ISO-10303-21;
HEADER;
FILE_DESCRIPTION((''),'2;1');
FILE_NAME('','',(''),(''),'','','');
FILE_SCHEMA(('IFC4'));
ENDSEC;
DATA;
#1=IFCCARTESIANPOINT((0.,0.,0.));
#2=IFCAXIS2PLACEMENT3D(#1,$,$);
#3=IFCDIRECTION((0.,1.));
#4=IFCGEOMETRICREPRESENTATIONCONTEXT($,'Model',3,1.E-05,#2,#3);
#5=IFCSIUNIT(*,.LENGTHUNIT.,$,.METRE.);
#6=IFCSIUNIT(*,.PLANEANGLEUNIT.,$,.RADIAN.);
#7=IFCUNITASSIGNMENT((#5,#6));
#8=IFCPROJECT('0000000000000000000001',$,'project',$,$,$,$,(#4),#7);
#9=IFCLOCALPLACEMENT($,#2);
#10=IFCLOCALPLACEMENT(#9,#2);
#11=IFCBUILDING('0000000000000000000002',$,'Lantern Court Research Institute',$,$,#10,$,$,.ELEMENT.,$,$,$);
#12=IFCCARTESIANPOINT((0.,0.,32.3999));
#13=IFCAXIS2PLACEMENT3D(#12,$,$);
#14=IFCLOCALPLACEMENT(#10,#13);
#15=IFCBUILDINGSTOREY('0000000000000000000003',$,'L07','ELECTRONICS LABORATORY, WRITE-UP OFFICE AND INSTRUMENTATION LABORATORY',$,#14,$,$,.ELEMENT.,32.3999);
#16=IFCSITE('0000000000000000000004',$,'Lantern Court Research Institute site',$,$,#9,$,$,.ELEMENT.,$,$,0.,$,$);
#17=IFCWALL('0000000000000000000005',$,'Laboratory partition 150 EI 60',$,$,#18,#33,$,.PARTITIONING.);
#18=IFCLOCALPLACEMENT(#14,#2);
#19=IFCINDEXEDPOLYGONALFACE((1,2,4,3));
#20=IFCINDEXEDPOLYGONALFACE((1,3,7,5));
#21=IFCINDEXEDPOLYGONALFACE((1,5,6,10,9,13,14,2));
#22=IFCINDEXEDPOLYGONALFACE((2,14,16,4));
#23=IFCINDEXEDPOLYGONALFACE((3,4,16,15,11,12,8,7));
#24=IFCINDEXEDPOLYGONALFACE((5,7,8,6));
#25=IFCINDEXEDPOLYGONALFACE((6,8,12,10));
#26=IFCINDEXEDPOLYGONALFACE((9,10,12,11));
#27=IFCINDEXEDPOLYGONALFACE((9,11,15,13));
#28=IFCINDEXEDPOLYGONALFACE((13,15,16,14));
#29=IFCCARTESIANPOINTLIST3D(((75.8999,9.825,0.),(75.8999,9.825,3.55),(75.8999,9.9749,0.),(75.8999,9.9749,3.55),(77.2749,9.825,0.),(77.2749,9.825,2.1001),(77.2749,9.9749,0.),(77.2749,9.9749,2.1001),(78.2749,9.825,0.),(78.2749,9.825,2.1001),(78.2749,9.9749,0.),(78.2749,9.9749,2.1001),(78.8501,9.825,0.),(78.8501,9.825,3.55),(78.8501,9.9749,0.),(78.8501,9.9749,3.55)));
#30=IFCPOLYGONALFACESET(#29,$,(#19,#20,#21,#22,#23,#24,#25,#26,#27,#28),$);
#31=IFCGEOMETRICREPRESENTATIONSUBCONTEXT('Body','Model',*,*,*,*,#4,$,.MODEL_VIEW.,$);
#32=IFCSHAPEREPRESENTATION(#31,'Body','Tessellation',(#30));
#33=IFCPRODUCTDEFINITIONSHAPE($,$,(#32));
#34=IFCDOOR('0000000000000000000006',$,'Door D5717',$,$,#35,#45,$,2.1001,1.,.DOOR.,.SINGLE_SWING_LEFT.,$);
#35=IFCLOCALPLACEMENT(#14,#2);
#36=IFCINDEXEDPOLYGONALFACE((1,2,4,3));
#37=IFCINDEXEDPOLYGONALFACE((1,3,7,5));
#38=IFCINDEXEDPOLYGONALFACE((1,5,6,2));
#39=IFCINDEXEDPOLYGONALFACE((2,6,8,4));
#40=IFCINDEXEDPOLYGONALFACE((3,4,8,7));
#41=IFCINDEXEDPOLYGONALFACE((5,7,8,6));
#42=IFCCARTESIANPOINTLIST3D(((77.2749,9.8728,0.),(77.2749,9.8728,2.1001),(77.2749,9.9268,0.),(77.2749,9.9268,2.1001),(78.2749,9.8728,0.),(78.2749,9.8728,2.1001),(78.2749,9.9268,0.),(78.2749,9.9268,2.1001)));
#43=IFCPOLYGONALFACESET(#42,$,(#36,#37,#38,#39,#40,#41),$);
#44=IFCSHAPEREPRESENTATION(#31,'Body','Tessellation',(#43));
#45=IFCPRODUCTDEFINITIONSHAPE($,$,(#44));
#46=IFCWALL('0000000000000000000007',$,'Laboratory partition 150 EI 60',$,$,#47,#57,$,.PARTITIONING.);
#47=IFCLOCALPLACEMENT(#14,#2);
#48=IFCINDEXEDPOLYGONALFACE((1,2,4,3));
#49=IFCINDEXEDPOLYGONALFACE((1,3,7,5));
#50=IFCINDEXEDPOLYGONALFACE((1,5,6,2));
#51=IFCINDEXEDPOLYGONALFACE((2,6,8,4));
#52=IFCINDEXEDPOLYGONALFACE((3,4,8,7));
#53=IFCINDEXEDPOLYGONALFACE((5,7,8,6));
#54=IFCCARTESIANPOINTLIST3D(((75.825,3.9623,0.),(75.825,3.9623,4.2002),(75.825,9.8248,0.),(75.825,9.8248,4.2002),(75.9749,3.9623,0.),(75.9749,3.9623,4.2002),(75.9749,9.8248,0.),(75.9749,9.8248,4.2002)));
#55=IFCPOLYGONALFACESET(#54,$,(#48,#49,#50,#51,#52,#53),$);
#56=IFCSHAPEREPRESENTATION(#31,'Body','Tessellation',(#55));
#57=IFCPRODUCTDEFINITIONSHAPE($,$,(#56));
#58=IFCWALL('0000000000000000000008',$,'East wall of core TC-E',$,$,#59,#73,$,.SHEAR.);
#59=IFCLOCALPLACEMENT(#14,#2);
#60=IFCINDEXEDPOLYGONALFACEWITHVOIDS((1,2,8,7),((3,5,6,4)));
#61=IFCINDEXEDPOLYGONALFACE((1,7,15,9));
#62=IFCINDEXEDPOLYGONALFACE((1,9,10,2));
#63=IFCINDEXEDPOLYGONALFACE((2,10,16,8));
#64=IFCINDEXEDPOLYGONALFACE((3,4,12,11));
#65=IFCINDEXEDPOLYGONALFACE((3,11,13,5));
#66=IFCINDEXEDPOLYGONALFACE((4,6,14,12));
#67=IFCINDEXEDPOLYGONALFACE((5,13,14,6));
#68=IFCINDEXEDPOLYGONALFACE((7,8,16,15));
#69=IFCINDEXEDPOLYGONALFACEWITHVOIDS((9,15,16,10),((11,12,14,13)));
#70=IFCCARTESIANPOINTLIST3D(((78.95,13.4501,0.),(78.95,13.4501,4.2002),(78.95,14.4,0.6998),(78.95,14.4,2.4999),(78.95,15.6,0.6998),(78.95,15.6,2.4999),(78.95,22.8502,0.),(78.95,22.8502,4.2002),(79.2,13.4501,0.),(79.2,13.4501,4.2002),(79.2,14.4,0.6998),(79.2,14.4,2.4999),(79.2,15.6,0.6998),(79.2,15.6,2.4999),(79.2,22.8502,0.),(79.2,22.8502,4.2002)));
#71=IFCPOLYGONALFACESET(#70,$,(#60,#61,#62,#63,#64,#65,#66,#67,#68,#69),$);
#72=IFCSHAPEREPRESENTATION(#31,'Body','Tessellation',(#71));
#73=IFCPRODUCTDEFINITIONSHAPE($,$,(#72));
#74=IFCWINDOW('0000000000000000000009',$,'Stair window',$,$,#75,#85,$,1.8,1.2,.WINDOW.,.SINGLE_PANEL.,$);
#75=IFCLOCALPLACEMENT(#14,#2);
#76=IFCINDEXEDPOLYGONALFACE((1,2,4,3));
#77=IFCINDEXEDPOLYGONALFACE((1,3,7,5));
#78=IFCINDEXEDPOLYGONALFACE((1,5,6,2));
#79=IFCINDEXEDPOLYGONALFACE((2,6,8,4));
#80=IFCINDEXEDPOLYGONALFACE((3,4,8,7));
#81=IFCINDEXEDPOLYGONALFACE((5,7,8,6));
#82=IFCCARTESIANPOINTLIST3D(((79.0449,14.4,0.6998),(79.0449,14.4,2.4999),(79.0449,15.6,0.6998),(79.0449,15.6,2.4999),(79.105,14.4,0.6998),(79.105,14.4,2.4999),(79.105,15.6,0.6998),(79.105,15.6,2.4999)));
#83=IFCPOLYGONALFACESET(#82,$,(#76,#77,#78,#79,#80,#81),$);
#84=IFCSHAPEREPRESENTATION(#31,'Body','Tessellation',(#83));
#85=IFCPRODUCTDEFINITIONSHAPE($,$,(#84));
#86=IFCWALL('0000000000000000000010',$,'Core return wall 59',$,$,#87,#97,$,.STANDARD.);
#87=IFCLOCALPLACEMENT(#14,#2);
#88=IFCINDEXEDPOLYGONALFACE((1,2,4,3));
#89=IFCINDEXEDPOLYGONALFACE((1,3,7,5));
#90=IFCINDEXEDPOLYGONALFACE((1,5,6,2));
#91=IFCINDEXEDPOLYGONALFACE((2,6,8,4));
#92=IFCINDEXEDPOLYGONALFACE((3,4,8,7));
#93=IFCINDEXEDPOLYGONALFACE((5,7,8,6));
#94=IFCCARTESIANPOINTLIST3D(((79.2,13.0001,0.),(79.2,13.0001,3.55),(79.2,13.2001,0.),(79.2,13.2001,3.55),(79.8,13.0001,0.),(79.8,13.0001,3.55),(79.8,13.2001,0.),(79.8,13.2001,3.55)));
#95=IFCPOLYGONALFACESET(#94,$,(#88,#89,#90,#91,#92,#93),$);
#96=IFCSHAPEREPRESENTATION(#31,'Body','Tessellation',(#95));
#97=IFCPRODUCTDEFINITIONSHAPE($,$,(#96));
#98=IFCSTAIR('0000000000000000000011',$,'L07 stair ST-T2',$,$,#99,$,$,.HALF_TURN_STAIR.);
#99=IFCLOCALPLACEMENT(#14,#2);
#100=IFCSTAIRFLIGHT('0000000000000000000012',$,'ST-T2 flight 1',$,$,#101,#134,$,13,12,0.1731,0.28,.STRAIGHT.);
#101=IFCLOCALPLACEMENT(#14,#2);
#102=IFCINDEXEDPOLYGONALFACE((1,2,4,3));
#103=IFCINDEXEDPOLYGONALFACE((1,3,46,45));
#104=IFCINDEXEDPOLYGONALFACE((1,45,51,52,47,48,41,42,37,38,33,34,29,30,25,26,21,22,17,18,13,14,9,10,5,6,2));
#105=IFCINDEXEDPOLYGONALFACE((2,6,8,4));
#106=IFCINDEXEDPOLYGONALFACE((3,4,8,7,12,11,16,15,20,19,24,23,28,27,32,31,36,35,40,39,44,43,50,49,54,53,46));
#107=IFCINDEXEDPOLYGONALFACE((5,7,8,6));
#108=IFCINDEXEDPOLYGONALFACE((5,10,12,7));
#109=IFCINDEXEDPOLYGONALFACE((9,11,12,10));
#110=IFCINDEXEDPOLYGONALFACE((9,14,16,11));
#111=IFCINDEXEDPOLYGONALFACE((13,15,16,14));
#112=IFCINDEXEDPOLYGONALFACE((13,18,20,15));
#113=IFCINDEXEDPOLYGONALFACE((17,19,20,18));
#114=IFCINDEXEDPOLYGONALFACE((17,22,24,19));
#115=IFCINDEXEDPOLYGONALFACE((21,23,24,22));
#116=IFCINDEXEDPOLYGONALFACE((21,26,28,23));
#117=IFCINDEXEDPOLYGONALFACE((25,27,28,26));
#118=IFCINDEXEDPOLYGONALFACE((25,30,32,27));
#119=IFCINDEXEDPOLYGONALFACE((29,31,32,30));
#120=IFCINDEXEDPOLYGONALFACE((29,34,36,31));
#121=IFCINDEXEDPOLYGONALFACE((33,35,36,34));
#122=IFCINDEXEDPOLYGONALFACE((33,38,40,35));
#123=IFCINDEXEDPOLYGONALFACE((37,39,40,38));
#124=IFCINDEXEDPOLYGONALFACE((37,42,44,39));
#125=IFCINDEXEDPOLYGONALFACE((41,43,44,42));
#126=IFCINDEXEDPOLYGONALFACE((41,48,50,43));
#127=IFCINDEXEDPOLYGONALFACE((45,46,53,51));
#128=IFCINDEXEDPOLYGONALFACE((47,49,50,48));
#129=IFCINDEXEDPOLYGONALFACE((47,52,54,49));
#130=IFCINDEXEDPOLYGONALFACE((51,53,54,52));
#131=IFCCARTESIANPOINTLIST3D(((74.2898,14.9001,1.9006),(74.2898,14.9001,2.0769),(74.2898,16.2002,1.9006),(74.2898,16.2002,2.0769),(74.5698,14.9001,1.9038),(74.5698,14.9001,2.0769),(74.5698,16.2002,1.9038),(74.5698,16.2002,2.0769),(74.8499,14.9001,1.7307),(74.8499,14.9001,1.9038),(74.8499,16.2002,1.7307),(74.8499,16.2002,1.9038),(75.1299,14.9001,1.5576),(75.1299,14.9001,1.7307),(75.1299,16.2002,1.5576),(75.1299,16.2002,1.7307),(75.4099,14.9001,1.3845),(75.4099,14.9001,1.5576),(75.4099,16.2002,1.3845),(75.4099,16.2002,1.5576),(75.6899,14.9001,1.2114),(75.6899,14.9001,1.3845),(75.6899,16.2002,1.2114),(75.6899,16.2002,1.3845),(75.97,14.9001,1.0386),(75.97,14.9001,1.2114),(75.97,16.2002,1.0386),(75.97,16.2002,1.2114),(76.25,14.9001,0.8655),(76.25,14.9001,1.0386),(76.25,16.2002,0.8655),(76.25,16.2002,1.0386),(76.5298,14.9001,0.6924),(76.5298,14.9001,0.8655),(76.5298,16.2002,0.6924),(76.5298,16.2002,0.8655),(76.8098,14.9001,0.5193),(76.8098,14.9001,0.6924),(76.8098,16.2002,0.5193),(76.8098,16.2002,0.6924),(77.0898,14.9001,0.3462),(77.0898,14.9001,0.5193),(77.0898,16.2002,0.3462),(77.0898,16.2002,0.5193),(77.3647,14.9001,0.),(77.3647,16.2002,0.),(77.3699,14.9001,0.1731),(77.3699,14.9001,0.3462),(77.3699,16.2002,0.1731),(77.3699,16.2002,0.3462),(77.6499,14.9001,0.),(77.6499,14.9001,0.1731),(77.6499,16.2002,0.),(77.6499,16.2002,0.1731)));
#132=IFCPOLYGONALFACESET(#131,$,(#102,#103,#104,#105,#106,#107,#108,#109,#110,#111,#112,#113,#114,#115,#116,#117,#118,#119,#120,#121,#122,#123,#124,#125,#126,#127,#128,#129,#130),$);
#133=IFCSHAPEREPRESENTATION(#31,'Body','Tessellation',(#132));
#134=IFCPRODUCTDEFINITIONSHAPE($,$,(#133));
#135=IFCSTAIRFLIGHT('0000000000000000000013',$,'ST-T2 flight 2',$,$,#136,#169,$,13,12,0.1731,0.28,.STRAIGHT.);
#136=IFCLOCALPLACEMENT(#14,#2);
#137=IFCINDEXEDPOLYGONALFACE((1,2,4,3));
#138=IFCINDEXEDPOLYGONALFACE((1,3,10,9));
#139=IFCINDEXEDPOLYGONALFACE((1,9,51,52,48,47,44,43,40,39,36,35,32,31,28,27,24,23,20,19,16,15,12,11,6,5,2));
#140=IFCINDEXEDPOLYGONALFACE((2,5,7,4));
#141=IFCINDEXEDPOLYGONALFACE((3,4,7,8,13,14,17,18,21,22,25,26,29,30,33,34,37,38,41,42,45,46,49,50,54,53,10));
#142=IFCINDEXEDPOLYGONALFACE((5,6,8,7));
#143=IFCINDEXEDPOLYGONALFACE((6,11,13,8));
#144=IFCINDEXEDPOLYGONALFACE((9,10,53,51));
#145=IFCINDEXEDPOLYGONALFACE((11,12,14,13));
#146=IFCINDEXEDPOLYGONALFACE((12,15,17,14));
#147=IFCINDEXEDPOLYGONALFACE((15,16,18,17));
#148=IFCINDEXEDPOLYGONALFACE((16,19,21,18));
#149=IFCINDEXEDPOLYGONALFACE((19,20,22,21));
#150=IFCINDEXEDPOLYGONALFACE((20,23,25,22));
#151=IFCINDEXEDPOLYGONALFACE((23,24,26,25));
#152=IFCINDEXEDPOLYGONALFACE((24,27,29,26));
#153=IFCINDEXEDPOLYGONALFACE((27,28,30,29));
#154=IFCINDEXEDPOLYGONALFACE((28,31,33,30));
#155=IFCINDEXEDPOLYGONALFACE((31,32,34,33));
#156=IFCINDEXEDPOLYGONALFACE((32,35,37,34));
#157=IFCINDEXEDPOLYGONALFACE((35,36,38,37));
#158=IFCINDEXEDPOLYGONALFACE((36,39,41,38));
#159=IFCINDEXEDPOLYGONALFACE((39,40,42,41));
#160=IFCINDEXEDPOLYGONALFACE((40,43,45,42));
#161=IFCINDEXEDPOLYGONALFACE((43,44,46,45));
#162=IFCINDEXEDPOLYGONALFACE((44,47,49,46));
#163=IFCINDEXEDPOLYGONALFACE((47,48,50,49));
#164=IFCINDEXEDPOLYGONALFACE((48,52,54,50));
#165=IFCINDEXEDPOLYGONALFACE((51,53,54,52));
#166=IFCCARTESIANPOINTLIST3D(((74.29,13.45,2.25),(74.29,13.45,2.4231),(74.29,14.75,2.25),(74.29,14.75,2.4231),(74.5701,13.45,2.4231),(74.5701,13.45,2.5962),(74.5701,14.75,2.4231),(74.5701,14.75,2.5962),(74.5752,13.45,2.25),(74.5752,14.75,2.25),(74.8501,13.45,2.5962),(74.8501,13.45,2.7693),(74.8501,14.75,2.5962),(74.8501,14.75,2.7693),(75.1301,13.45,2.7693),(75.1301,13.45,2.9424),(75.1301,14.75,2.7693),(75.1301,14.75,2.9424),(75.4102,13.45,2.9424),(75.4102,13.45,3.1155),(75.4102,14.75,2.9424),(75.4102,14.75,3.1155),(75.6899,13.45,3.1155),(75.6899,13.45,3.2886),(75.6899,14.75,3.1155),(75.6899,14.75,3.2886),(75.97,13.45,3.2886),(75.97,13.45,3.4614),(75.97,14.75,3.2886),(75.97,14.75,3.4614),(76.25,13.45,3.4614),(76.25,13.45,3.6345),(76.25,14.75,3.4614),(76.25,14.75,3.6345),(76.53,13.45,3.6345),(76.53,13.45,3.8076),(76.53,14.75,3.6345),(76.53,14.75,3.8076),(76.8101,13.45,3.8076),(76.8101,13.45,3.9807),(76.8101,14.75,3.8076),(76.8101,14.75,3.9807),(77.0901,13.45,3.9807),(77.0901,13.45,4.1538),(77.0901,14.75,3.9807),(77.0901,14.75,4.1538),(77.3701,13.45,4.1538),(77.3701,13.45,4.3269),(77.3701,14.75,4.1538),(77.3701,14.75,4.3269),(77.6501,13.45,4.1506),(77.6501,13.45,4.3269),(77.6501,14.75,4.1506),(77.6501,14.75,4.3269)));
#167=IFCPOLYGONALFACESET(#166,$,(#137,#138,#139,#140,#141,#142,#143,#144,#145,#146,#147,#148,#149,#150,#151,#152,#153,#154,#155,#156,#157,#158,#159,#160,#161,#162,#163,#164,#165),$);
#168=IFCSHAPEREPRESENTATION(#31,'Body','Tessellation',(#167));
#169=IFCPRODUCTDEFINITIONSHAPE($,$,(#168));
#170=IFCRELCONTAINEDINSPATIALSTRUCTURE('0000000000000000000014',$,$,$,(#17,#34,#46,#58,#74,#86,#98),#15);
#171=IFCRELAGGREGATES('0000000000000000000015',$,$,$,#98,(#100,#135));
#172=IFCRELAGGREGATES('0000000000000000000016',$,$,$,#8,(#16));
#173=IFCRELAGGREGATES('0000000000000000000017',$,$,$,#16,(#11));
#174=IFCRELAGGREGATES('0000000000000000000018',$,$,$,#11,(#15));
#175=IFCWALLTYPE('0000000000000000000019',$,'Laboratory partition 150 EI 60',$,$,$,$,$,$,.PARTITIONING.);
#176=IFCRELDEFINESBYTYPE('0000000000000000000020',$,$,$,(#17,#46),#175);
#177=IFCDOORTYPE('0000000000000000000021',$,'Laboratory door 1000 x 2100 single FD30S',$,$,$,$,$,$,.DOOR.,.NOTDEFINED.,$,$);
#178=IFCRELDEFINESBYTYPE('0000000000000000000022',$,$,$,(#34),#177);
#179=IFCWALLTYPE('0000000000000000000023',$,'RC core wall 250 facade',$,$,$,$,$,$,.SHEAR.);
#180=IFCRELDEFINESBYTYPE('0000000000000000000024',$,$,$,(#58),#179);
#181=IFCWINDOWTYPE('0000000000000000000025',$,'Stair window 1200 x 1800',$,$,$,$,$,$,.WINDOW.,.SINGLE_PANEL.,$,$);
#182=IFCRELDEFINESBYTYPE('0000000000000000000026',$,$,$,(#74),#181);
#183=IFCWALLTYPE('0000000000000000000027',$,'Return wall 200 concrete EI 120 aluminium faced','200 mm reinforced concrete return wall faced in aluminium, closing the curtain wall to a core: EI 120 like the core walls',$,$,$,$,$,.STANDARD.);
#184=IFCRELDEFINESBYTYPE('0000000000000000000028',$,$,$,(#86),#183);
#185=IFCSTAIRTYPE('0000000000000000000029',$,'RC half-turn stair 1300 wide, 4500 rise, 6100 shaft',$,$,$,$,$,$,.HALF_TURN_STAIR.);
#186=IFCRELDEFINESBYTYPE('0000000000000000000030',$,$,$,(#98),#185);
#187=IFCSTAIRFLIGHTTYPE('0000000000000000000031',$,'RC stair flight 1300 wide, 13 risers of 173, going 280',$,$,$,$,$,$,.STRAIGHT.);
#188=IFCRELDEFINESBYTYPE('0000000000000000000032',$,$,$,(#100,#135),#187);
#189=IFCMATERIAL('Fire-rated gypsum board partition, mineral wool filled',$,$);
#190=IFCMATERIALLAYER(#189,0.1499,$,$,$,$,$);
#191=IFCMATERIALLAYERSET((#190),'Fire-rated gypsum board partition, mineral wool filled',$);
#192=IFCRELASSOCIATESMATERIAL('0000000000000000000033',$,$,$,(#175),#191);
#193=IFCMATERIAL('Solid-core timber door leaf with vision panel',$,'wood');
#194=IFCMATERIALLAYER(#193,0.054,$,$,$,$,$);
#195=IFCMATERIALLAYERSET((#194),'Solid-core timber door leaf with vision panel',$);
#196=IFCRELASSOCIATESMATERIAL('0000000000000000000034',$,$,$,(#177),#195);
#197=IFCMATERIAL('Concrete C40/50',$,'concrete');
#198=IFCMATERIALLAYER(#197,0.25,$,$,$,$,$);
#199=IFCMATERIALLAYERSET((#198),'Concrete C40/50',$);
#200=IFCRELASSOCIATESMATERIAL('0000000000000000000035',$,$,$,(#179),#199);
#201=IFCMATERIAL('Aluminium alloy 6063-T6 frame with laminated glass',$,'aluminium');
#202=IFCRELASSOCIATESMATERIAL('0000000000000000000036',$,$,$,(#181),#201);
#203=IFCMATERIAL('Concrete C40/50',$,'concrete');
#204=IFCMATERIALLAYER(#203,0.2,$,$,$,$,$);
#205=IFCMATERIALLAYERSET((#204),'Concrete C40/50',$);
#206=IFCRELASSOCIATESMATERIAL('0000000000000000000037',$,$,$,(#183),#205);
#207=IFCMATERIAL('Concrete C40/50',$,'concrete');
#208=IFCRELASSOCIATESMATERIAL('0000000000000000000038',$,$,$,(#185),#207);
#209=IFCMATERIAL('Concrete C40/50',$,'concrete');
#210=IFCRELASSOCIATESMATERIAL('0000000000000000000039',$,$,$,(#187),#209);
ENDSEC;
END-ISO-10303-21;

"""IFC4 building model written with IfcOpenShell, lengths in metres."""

from ifc_helpers import new_model, si_unit, direction, frame, frame_2d, origin, place, context, subcontext, project, spatial, polyline, rectangle, outline, extrude, material, layer, layer_set, type_object, element, fill, aggregate, save


model = new_model("IFC4")

# Units and contexts
model_context = context("Model", 3, precision=1e-05, world=origin(), true_north=direction((0.0, 1.0)))
body_context = subcontext(model_context, "Body", "Model", "MODEL_VIEW")
ifc_project = project(units=[si_unit("LENGTHUNIT", "METRE"), si_unit("PLANEANGLEUNIT", "RADIAN")], contexts=[model_context])

# Site, building, storey
site_placement = place(None, origin())
site = spatial("IfcSite", under=ifc_project, at=site_placement, Name="Lantern Court Research Institute site", CompositionType="ELEMENT", RefElevation=0.0)
building_placement = place(site_placement, origin())
building = spatial("IfcBuilding", under=site, at=building_placement, Name="Lantern Court Research Institute", CompositionType="ELEMENT")
storey_placement = place(building_placement, frame((0.0, 0.0, 32.3999)))
storey = spatial("IfcBuildingStorey", under=building, at=storey_placement, Name="L07", Description="ELECTRONICS LABORATORY, WRITE-UP OFFICE AND INSTRUMENTATION LABORATORY", CompositionType="ELEMENT", Elevation=32.3999)

# Wall, opening, door
ifc_material_1 = material(Name="Fire-rated gypsum board partition, mineral wool filled")
ifc_layer_1 = layer(ifc_material_1, 0.1499)
ifc_layer_set_1 = layer_set([ifc_layer_1], Name="Fire-rated gypsum board partition, mineral wool filled")
wall_type_1 = type_object("IfcWallType", Name="Laboratory partition 150 EI 60", PredefinedType="PARTITIONING", material=ifc_layer_set_1)
wall_1_placement = place(storey_placement, frame((75.8999, 9.8999, 0.0), z_axis=(0.0, 0.0, 1.0), x_axis=(1.0, 0.0, 0.0)))
wall_1 = element("IfcWall", 1, at=wall_1_placement, inside=storey, type_object=wall_type_1, Name="Laboratory partition 150 EI 60", PredefinedType="PARTITIONING", context=body_context, shape_type="SweptSolid", body=[
    extrude(rectangle(XDim=2.9502, YDim=0.1499, at=frame_2d((1.4751, 0.0))), origin(), (0.0, 0.0, 1.0), 3.55),
])
opening_1_placement = place(wall_1_placement, frame((1.375, 0.0, 0.0)))
opening_1 = element("IfcOpeningElement", 2, at=opening_1_placement, cuts=wall_1, PredefinedType="OPENING", context=body_context, shape_type="SweptSolid", body=[
    extrude(rectangle(XDim=1.0, YDim=2.1001, at=frame_2d((0.5, 1.05))), frame((0.0, 0.085, 0.0), z_axis=(0.0, -1.0, 0.0), x_axis=(1.0, 0.0, 0.0)), (0.0, 0.0, 1.0), 0.1699),
])
ifc_material_2 = material(Name="Solid-core timber door leaf with vision panel", Category="wood")
ifc_layer_2 = layer(ifc_material_2, 0.054)
ifc_layer_set_2 = layer_set([ifc_layer_2], Name="Solid-core timber door leaf with vision panel")
door_type_1 = type_object("IfcDoorType", Name="Laboratory door 1000 x 2100 single FD30S", OperationType="NOTDEFINED", PredefinedType="DOOR", material=ifc_layer_set_2)
door_1_placement = place(opening_1_placement, origin())
door_1 = element("IfcDoor", 3, at=door_1_placement, inside=storey, type_object=door_type_1, Name="Door D5717", OperationType="SINGLE_SWING_LEFT", OverallHeight=2.1001, OverallWidth=1.0, PredefinedType="DOOR", context=body_context, shape_type="SweptSolid", body=[
    extrude(rectangle(XDim=1.0, YDim=2.1001, at=frame_2d((0.5, 1.05))), frame((0.0, 0.0269, 0.0), z_axis=(0.0, -1.0, 0.0), x_axis=(1.0, 0.0, 0.0)), (0.0, 0.0, 1.0), 0.054),
])
fill(opening_1, door_1)

# Wall
wall_2_placement = place(storey_placement, frame((75.8999, 3.9624, 0.0), z_axis=(0.0, 0.0, 1.0), x_axis=(0.0, 1.0, 0.0)))
element("IfcWall", 4, at=wall_2_placement, inside=storey, type_object=wall_type_1, Name="Laboratory partition 150 EI 60", PredefinedType="PARTITIONING", context=body_context, shape_type="SweptSolid", body=[
    extrude(rectangle(XDim=5.8625, YDim=0.1499, at=frame_2d((2.9312, 0.0))), origin(), (0.0, 0.0, 1.0), 4.2002),
])

# Wall, opening, window
ifc_material_3 = material(Name="Concrete C40/50", Category="concrete")
ifc_layer_3 = layer(ifc_material_3, 0.25)
ifc_layer_set_3 = layer_set([ifc_layer_3], Name="Concrete C40/50")
wall_type_2 = type_object("IfcWallType", Name="RC core wall 250 facade", PredefinedType="SHEAR", material=ifc_layer_set_3)
wall_3_placement = place(storey_placement, frame((79.075, 13.45, 0.0), z_axis=(0.0, 0.0, 1.0), x_axis=(0.0, 1.0, 0.0)))
wall_3 = element("IfcWall", 5, at=wall_3_placement, inside=storey, type_object=wall_type_2, Name="East wall of core TC-E", PredefinedType="SHEAR", context=body_context, shape_type="SweptSolid", body=[
    extrude(rectangle(XDim=9.4001, YDim=0.25, at=frame_2d((4.7002, 0.0))), origin(), (0.0, 0.0, 1.0), 4.2002),
])
opening_2_placement = place(wall_3_placement, frame((0.95, 0.0, 0.7)))
opening_2 = element("IfcOpeningElement", 6, at=opening_2_placement, cuts=wall_3, PredefinedType="OPENING", context=body_context, shape_type="SweptSolid", body=[
    extrude(rectangle(XDim=1.2, YDim=1.8, at=frame_2d((0.6001, 0.8999))), frame((0.0, 0.135, 0.0), z_axis=(0.0, -1.0, 0.0), x_axis=(1.0, 0.0, 0.0)), (0.0, 0.0, 1.0), 0.27),
])
ifc_material_4 = material(Name="Aluminium alloy 6063-T6 frame with laminated glass", Category="aluminium")
window_type = type_object("IfcWindowType", Name="Stair window 1200 x 1800", PartitioningType="SINGLE_PANEL", PredefinedType="WINDOW", material=ifc_material_4)
window_placement = place(opening_2_placement, origin())
window = element("IfcWindow", 7, at=window_placement, inside=storey, type_object=window_type, Name="Stair window", OverallHeight=1.8, OverallWidth=1.2, PartitioningType="SINGLE_PANEL", PredefinedType="WINDOW", context=body_context, shape_type="SweptSolid", body=[
    extrude(rectangle(XDim=1.2, YDim=1.8, at=frame_2d((0.6001, 0.8999))), frame((0.0, 0.03, 0.0), z_axis=(0.0, -1.0, 0.0), x_axis=(1.0, 0.0, 0.0)), (0.0, 0.0, 1.0), 0.0601),
])
fill(opening_2, window)

# Wall
ifc_material_5 = material(Name="Concrete C40/50", Category="concrete")
ifc_layer_4 = layer(ifc_material_5, 0.2)
ifc_layer_set_4 = layer_set([ifc_layer_4], Name="Concrete C40/50")
wall_type_3 = type_object("IfcWallType", Name="Return wall 200 concrete EI 120 aluminium faced", Description="200 mm reinforced concrete return wall faced in aluminium, closing the curtain wall to a core: EI 120 like the core walls", PredefinedType="STANDARD", material=ifc_layer_set_4)
wall_4_placement = place(storey_placement, frame((79.2, 13.1001, 0.0), z_axis=(0.0, 0.0, 1.0), x_axis=(1.0, 0.0, 0.0)))
element("IfcWall", 8, at=wall_4_placement, inside=storey, type_object=wall_type_3, Name="Core return wall 59", PredefinedType="STANDARD", context=body_context, shape_type="SweptSolid", body=[
    extrude(rectangle(XDim=0.6001, YDim=0.2, at=frame_2d((0.3, 0.0))), origin(), (0.0, 0.0, 1.0), 3.55),
])

# Stair, stair flights
ifc_material_6 = material(Name="Concrete C40/50", Category="concrete")
stair_type = type_object("IfcStairType", Name="RC half-turn stair 1300 wide, 4500 rise, 6100 shaft", PredefinedType="HALF_TURN_STAIR", material=ifc_material_6)
stair_placement = place(storey_placement, origin())
stair = element("IfcStair", 9, at=stair_placement, inside=storey, type_object=stair_type, Name="L07 stair ST-T2", PredefinedType="HALF_TURN_STAIR")
ifc_material_7 = material(Name="Concrete C40/50", Category="concrete")
stair_flight_type = type_object("IfcStairFlightType", Name="RC stair flight 1300 wide, 13 risers of 173, going 280", PredefinedType="STRAIGHT", material=ifc_material_7)
stair_flight_1_placement = place(storey_placement, frame((77.6499, 15.55, 0.0), z_axis=(0.0, 0.0, 1.0), x_axis=(-1.0, 0.0, 0.0)))
stair_flight_1 = element("IfcStairFlight", 10, at=stair_flight_1_placement, type_object=stair_flight_type, Name="ST-T2 flight 1", NumberOfRisers=13, NumberOfTreads=12, PredefinedType="STRAIGHT", RiserHeight=0.1731, TreadLength=0.28, context=body_context, shape_type="SweptSolid", body=[
    extrude(outline(polyline([(0.0, 0.0), (0.0, 0.1731), (0.28, 0.1731), (0.28, 0.3462), (0.5601, 0.3462), (0.5601, 0.5193), (0.8401, 0.5193), (0.8401, 0.6924), (1.1201, 0.6924), (1.1201, 0.8655), (1.3999, 0.8655), (1.3999, 1.0386), (1.6799, 1.0386), (1.6799, 1.2114), (1.96, 1.2114), (1.96, 1.3845), (2.24, 1.3845), (2.24, 1.5576), (2.52, 1.5576), (2.52, 1.7307), (2.8, 1.7307), (2.8, 1.9038), (3.0801, 1.9038), (3.0801, 2.0769), (3.3601, 2.0769), (3.3601, 2.25), (3.3601, 1.9006), (0.2852, 0.0), (0.0, 0.0)])), frame((0.0, 0.6499, 0.0), z_axis=(0.0, -1.0, 0.0), x_axis=(1.0, 0.0, 0.0)), (0.0, 0.0, 1.0), 1.3),
])
stair_flight_2_placement = place(storey_placement, frame((74.29, 14.1001, 2.25), z_axis=(0.0, 0.0, 1.0), x_axis=(1.0, 0.0, 0.0)))
stair_flight_2 = element("IfcStairFlight", 11, at=stair_flight_2_placement, type_object=stair_flight_type, Name="ST-T2 flight 2", NumberOfRisers=13, NumberOfTreads=12, PredefinedType="STRAIGHT", RiserHeight=0.1731, TreadLength=0.28, context=body_context, shape_type="SweptSolid", body=[
    extrude(outline(polyline([(0.0, 0.0), (0.0, 0.1731), (0.28, 0.1731), (0.28, 0.3462), (0.5601, 0.3462), (0.5601, 0.5193), (0.8401, 0.5193), (0.8401, 0.6924), (1.1201, 0.6924), (1.1201, 0.8655), (1.3999, 0.8655), (1.3999, 1.0386), (1.6799, 1.0386), (1.6799, 1.2114), (1.96, 1.2114), (1.96, 1.3845), (2.24, 1.3845), (2.24, 1.5576), (2.52, 1.5576), (2.52, 1.7307), (2.8, 1.7307), (2.8, 1.9038), (3.0801, 1.9038), (3.0801, 2.0769), (3.3601, 2.0769), (3.3601, 2.25), (3.3601, 1.9006), (0.2852, 0.0), (0.0, 0.0)])), frame((0.0, 0.6499, 0.0), z_axis=(0.0, -1.0, 0.0), x_axis=(1.0, 0.0, 0.0)), (0.0, 0.0, 1.0), 1.3),
])
aggregate(stair, [stair_flight_1, stair_flight_2])

save(model, "model.ifc")
